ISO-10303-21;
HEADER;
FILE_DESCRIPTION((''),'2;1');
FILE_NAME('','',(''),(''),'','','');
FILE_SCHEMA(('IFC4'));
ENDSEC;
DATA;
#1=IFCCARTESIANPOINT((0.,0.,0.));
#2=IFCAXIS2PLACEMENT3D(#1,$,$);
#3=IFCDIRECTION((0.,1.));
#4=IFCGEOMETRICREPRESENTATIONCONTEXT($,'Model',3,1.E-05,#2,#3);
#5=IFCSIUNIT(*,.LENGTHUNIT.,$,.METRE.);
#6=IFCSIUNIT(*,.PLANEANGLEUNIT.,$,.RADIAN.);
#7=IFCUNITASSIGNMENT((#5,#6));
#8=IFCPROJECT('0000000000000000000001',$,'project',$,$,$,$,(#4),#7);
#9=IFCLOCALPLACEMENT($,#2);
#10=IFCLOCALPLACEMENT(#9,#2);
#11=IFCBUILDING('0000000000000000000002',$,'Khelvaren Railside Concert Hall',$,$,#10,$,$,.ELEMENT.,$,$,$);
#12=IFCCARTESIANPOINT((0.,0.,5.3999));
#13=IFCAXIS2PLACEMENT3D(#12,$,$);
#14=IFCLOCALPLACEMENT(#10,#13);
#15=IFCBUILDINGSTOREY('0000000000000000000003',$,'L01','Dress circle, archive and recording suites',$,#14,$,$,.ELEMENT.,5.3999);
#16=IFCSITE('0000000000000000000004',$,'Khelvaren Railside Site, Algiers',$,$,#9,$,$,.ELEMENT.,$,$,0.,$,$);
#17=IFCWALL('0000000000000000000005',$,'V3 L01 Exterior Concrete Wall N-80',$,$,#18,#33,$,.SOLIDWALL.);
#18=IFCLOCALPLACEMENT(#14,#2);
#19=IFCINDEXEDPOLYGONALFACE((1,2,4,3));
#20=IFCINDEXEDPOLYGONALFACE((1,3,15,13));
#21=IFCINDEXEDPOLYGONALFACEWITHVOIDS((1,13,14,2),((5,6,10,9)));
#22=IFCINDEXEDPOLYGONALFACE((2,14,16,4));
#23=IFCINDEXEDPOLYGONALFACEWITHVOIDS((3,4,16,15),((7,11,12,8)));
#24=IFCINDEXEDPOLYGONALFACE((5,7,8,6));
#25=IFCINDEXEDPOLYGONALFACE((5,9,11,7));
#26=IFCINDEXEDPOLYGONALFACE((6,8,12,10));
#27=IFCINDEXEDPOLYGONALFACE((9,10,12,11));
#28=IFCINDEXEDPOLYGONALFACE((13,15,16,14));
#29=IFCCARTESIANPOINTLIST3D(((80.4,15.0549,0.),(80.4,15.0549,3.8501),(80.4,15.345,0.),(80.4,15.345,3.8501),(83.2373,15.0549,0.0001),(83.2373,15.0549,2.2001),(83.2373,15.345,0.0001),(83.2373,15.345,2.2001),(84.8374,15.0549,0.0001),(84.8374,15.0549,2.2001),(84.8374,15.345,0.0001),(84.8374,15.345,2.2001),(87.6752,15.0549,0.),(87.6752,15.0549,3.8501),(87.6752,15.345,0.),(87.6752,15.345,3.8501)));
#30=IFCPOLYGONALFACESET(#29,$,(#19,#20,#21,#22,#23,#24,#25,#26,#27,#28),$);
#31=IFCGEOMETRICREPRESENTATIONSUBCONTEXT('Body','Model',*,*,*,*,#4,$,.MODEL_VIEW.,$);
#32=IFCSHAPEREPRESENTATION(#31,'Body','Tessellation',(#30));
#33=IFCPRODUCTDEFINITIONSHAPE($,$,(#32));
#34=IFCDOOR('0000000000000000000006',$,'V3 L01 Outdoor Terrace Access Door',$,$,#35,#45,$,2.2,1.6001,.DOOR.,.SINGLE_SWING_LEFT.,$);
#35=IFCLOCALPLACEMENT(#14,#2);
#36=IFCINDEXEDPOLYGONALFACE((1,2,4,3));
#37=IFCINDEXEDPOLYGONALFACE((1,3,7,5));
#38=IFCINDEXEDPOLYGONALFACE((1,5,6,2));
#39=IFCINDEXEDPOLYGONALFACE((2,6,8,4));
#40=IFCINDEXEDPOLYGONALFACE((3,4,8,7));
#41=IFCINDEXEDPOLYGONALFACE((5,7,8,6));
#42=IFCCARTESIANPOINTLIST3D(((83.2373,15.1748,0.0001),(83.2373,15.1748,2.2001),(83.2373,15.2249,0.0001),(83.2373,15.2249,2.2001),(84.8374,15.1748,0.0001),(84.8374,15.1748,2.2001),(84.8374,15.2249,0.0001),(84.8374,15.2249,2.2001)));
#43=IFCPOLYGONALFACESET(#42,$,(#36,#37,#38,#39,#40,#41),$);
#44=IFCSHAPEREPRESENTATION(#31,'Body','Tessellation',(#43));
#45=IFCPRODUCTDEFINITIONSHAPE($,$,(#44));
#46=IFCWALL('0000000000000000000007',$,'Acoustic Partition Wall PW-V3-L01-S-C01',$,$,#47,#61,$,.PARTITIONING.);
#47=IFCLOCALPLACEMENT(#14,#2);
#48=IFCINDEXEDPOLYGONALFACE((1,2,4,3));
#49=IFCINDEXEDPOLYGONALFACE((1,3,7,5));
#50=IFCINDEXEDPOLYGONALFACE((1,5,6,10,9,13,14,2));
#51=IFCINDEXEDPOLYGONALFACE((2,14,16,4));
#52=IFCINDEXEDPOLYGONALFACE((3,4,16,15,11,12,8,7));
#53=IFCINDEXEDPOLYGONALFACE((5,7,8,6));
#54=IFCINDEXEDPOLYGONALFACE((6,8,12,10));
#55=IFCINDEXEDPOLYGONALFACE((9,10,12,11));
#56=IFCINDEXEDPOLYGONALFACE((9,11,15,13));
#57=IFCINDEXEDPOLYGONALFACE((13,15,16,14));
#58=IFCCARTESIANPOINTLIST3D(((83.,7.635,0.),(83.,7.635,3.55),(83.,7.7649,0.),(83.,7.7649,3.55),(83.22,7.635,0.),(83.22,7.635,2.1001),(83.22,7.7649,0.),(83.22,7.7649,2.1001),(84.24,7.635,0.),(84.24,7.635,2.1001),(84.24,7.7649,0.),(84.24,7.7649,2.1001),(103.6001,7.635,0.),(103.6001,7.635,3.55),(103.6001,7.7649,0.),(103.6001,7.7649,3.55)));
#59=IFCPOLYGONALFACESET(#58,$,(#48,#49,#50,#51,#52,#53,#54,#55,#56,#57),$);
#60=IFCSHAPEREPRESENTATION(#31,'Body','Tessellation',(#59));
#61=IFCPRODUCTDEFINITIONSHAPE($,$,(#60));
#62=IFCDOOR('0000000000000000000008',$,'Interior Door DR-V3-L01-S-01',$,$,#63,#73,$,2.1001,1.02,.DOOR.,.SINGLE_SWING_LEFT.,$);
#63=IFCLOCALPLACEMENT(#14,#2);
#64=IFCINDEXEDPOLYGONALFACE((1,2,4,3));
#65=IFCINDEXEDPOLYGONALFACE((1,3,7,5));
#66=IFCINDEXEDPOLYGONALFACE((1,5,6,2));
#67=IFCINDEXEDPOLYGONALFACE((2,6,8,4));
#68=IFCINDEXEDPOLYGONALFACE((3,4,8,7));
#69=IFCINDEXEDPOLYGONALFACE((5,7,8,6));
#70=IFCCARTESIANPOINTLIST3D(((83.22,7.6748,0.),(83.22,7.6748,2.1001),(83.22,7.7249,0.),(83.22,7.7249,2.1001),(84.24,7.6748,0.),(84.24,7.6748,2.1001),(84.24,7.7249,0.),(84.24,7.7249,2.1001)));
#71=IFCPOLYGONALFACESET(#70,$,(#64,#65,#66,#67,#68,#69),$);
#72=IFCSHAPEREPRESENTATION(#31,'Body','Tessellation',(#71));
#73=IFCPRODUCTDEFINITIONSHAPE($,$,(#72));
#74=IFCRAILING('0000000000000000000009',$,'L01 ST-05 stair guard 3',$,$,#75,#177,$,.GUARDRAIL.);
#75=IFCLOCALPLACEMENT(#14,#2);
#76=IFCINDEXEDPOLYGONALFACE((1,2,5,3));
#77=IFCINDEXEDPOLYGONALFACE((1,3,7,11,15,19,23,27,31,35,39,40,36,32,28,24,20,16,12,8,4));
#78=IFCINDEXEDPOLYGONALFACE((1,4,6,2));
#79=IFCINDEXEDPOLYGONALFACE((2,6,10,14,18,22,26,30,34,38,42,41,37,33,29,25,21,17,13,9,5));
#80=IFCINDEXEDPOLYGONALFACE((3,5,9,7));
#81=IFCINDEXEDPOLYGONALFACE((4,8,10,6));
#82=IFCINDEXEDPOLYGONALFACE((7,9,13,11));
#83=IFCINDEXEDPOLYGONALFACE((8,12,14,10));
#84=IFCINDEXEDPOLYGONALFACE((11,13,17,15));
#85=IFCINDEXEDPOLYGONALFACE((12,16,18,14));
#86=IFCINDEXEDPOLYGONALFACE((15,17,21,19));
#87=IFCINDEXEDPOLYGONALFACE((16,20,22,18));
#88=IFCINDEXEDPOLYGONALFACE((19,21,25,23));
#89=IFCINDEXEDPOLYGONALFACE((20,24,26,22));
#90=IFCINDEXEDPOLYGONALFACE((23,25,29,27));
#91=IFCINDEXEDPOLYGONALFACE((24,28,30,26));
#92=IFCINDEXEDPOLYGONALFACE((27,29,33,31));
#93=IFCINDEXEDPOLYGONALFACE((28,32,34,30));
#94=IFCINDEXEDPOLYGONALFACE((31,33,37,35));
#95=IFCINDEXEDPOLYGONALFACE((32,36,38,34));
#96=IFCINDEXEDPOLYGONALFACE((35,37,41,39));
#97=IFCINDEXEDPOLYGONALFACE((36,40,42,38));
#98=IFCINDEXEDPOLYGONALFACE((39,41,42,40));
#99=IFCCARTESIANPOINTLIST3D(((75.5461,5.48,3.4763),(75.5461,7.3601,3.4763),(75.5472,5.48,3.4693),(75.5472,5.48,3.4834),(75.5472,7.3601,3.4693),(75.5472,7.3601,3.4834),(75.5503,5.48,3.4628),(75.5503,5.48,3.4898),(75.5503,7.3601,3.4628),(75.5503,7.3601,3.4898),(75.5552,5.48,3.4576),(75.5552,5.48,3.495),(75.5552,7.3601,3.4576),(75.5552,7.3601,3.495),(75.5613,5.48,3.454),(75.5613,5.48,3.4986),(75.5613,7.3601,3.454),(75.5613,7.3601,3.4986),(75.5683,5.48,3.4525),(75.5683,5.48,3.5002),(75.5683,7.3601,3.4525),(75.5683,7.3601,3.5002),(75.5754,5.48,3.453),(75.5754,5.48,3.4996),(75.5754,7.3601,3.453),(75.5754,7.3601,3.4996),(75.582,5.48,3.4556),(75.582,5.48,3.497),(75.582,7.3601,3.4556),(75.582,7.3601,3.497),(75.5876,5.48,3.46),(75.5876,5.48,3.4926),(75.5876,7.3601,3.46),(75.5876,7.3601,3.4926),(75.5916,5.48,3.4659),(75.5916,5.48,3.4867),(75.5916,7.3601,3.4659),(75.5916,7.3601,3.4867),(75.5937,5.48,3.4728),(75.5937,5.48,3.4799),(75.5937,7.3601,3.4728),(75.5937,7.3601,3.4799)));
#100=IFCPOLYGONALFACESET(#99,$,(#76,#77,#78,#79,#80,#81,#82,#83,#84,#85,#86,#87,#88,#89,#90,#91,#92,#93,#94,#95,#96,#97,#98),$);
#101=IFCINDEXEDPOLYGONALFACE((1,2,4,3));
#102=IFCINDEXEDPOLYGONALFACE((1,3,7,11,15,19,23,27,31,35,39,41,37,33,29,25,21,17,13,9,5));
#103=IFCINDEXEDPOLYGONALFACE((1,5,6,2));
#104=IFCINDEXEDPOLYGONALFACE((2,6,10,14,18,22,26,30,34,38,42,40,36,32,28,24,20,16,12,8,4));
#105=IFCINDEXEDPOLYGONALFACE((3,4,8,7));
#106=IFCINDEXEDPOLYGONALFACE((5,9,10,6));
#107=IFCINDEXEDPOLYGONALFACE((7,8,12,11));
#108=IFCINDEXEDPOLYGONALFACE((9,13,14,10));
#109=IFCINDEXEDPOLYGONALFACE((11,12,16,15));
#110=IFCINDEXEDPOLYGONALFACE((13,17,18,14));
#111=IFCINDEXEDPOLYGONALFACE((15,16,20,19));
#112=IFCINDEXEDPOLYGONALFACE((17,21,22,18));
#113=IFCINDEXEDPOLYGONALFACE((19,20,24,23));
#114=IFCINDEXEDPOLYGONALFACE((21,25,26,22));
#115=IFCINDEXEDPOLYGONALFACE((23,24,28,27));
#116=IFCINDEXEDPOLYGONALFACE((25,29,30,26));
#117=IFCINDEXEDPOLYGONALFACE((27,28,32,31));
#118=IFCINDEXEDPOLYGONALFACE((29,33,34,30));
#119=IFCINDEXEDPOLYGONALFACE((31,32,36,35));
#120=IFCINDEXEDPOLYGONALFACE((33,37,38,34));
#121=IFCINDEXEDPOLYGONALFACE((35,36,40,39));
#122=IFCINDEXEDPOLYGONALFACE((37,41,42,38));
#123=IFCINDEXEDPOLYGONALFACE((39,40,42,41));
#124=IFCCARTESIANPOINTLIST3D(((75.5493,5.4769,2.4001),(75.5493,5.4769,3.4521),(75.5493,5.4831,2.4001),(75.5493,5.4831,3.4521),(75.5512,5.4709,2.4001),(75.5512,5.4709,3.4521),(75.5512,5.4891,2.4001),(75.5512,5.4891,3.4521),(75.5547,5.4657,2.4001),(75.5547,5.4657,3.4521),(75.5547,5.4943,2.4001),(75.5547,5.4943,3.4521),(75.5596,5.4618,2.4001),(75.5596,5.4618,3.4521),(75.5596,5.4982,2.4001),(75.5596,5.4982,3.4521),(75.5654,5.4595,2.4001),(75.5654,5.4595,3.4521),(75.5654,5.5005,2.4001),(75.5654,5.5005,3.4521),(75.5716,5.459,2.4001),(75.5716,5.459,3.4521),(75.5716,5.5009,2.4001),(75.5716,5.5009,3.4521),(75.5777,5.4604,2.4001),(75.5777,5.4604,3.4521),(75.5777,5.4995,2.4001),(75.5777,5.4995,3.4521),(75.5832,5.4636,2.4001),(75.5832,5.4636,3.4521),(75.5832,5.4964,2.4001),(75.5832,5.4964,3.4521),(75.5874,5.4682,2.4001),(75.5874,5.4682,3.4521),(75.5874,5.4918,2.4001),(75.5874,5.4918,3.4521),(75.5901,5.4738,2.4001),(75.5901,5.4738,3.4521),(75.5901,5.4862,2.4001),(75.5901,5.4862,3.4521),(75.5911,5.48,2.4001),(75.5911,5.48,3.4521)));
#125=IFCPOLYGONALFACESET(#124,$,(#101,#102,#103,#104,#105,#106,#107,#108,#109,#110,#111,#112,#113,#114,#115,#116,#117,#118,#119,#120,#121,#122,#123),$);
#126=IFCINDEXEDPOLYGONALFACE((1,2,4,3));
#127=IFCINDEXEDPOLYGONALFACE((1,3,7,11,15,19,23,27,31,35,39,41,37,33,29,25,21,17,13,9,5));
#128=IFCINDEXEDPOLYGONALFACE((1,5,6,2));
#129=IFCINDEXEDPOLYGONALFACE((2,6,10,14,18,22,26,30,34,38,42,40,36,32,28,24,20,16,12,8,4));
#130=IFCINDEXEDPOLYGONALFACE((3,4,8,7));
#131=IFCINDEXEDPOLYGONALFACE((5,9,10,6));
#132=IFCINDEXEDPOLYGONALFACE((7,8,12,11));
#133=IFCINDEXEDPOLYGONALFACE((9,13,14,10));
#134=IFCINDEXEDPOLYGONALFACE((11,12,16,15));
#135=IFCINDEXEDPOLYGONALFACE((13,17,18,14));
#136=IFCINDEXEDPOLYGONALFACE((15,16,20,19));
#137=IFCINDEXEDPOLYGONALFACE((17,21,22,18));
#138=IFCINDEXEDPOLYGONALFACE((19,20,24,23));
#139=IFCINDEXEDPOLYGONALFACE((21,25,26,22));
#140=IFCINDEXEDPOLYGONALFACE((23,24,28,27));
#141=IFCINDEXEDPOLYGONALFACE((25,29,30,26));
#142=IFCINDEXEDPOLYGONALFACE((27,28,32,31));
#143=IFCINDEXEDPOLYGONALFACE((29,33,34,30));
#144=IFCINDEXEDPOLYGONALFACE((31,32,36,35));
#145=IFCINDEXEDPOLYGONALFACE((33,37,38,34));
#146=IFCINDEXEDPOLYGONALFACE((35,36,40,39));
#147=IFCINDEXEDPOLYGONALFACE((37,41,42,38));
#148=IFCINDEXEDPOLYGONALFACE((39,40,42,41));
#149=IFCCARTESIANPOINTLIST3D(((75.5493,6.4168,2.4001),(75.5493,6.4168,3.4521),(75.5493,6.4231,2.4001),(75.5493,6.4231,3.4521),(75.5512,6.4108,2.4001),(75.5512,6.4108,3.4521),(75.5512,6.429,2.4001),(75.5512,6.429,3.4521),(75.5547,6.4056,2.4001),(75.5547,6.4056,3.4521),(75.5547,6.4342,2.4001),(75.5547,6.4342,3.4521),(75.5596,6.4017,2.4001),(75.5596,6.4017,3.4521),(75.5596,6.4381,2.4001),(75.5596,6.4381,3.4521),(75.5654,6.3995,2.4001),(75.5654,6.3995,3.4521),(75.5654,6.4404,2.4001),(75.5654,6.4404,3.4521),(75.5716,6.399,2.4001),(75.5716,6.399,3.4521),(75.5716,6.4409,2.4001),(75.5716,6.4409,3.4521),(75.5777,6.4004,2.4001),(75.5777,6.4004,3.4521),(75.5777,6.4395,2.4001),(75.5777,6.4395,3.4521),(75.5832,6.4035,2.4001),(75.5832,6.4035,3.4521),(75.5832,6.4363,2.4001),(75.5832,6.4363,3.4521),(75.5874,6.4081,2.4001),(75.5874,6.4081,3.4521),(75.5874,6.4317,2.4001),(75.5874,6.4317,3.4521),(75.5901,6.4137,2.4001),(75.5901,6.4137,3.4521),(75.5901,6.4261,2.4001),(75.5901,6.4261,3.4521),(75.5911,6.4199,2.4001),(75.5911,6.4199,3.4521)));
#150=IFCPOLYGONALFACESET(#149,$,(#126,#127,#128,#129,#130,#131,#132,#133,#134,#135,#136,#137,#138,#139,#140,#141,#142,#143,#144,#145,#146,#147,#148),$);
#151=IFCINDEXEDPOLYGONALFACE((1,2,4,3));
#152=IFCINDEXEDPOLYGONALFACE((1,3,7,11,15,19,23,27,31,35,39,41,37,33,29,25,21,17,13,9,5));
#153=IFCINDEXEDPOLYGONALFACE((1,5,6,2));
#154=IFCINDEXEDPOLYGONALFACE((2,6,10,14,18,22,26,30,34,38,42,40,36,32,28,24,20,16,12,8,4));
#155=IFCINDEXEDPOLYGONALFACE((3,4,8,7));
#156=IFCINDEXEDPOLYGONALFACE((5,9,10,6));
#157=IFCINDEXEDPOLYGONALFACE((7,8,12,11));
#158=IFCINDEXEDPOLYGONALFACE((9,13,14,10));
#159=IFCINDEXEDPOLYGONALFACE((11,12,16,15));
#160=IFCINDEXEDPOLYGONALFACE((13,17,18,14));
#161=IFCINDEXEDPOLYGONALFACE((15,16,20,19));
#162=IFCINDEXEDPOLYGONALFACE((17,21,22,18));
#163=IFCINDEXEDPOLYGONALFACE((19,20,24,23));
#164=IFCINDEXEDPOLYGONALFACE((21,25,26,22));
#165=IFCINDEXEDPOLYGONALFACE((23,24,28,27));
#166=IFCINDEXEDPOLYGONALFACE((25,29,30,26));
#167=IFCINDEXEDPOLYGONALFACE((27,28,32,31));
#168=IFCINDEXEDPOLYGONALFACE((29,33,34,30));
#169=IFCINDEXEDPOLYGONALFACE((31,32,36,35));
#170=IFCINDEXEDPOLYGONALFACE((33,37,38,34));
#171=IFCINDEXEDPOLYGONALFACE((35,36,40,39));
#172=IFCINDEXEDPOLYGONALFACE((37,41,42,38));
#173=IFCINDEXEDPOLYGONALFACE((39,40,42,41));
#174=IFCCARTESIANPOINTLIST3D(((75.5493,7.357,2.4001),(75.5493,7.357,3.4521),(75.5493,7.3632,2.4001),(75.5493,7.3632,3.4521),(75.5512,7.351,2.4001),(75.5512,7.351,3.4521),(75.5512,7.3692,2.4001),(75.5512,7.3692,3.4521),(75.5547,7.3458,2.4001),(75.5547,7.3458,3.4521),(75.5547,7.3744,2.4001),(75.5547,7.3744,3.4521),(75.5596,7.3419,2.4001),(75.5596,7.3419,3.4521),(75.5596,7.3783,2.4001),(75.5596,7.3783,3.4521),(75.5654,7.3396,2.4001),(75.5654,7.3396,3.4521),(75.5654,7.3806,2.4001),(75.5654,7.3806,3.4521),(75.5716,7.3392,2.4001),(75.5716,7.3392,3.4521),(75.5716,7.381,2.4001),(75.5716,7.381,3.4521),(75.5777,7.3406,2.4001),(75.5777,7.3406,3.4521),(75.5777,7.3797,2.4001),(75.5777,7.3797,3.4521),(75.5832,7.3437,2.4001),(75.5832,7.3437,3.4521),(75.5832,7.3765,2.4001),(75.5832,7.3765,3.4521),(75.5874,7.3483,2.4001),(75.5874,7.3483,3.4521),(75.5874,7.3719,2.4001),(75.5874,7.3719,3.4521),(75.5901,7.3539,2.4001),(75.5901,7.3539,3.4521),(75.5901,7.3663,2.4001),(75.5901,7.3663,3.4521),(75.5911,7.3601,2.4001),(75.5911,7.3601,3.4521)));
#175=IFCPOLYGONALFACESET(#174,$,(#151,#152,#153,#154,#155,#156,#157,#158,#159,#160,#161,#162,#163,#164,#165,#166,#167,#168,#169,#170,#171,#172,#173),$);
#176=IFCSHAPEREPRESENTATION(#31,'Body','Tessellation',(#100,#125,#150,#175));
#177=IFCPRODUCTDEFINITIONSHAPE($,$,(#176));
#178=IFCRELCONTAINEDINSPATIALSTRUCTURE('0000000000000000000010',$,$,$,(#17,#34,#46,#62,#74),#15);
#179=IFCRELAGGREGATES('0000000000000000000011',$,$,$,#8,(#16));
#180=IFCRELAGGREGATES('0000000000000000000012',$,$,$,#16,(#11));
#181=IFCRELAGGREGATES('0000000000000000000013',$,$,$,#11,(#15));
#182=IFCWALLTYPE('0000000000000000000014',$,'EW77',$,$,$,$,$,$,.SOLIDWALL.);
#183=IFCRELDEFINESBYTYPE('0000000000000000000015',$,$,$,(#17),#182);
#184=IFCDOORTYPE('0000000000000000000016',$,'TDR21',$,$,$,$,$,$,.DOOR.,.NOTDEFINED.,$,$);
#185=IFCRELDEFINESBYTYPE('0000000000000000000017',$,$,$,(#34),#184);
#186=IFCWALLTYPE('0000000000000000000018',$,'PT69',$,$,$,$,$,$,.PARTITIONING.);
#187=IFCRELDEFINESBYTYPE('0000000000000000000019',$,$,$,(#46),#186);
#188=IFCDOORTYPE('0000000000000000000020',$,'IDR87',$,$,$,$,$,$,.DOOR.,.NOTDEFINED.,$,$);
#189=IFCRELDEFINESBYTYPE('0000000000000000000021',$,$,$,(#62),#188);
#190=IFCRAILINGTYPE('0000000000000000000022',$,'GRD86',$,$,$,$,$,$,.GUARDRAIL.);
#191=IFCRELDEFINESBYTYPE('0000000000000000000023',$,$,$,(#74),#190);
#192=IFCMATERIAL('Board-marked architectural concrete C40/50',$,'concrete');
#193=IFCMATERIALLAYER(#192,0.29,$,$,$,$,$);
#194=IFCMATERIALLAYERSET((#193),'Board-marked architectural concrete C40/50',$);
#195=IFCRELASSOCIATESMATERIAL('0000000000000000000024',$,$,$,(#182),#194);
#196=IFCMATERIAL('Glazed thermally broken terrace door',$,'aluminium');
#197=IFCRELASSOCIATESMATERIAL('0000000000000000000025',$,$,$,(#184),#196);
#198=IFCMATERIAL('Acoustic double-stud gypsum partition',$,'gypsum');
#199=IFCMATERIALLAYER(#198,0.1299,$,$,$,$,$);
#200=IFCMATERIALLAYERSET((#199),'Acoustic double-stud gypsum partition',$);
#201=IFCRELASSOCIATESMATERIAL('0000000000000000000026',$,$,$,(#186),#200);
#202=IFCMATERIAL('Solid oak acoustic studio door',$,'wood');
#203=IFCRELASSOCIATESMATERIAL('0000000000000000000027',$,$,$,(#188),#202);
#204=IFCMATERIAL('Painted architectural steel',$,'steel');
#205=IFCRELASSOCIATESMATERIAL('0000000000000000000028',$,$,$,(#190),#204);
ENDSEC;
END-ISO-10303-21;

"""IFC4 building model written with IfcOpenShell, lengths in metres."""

from ifc_helpers import new_model, si_unit, direction, frame, frame_2d, origin, origin_2d, place, context, subcontext, project, spatial, rectangle, circle, extrude, material, layer, layer_set, type_object, element, fill, save


model = new_model("IFC4")

# Units and contexts
model_context = context("Model", 3, precision=1e-05, world=origin(), true_north=direction((0.0, 1.0)))
body_context = subcontext(model_context, "Body", "Model", "MODEL_VIEW")
ifc_project = project(units=[si_unit("LENGTHUNIT", "METRE"), si_unit("PLANEANGLEUNIT", "RADIAN")], contexts=[model_context])

# Site, building, storey
site_placement = place(None, origin())
site = spatial("IfcSite", under=ifc_project, at=site_placement, Name="Khelvaren Railside Site, Algiers", CompositionType="ELEMENT", RefElevation=0.0)
building_placement = place(site_placement, origin())
building = spatial("IfcBuilding", under=site, at=building_placement, Name="Khelvaren Railside Concert Hall", CompositionType="ELEMENT")
storey_placement = place(building_placement, frame((0.0, 0.0, 5.3999)))
storey = spatial("IfcBuildingStorey", under=building, at=storey_placement, Name="L01", Description="Dress circle, archive and recording suites", CompositionType="ELEMENT", Elevation=5.3999)

# Walls, openings, doors
ifc_material_1 = material(Name="Board-marked architectural concrete C40/50", Category="concrete")
ifc_layer_1 = layer(ifc_material_1, 0.29)
ifc_layer_set_1 = layer_set([ifc_layer_1], Name="Board-marked architectural concrete C40/50")
wall_type_1 = type_object("IfcWallType", Name="EW77", PredefinedType="SOLIDWALL", material=ifc_layer_set_1)
wall_1_placement = place(storey_placement, frame((80.3999, 15.2, 0.0), z_axis=(0.0, 0.0, 1.0), x_axis=(1.0, 0.0, 0.0)))
wall_1 = element("IfcWall", 1, at=wall_1_placement, inside=storey, type_object=wall_type_1, Name="V3 L01 Exterior Concrete Wall N-80", PredefinedType="SOLIDWALL", context=body_context, shape_type="SweptSolid", body=[
    extrude(rectangle(XDim=7.2751, YDim=0.29, at=frame_2d((3.6377, 0.0))), origin(), (0.0, 0.0, 1.0), 3.8501),
])
opening_1_placement = place(wall_1_placement, frame((2.8374, 0.0, 0.0)))
opening_1 = element("IfcOpeningElement", 2, at=opening_1_placement, cuts=wall_1, PredefinedType="OPENING", context=body_context, shape_type="SweptSolid", body=[
    extrude(rectangle(XDim=1.6001, YDim=2.2, at=frame_2d((0.8, 1.1001))), frame((0.0, 0.155, 0.0), z_axis=(0.0, -1.0, 0.0), x_axis=(1.0, 0.0, 0.0)), (0.0, 0.0, 1.0), 0.3101),
])
ifc_material_2 = material(Name="Glazed thermally broken terrace door", Category="aluminium")
door_type_1 = type_object("IfcDoorType", Name="TDR21", OperationType="NOTDEFINED", PredefinedType="DOOR", material=ifc_material_2)
door_1_placement = place(opening_1_placement, origin())
door_1 = element("IfcDoor", 3, at=door_1_placement, inside=storey, type_object=door_type_1, Name="V3 L01 Outdoor Terrace Access Door", OperationType="SINGLE_SWING_LEFT", OverallHeight=2.2, OverallWidth=1.6001, PredefinedType="DOOR", context=body_context, shape_type="SweptSolid", body=[
    extrude(rectangle(XDim=1.6001, YDim=2.2, at=frame_2d((0.8, 1.1001))), frame((0.0, 0.0249, 0.0), z_axis=(0.0, -1.0, 0.0), x_axis=(1.0, 0.0, 0.0)), (0.0, 0.0, 1.0), 0.05),
])
fill(opening_1, door_1)
ifc_material_3 = material(Name="Acoustic double-stud gypsum partition", Category="gypsum")
ifc_layer_2 = layer(ifc_material_3, 0.1299)
ifc_layer_set_2 = layer_set([ifc_layer_2], Name="Acoustic double-stud gypsum partition")
wall_type_2 = type_object("IfcWallType", Name="PT69", PredefinedType="PARTITIONING", material=ifc_layer_set_2)
wall_2_placement = place(storey_placement, frame((83.0, 7.7, 0.0), z_axis=(0.0, 0.0, 1.0), x_axis=(1.0, 0.0, 0.0)))
wall_2 = element("IfcWall", 4, at=wall_2_placement, inside=storey, type_object=wall_type_2, Name="Acoustic Partition Wall PW-V3-L01-S-C01", PredefinedType="PARTITIONING", context=body_context, shape_type="SweptSolid", body=[
    extrude(rectangle(XDim=20.6001, YDim=0.1299, at=frame_2d((10.3, 0.0))), origin(), (0.0, 0.0, 1.0), 3.55),
])
opening_2_placement = place(wall_2_placement, frame((0.22, 0.0, 0.0)))
opening_2 = element("IfcOpeningElement", 5, at=opening_2_placement, cuts=wall_2, PredefinedType="OPENING", context=body_context, shape_type="SweptSolid", body=[
    extrude(rectangle(XDim=1.02, YDim=2.1001, at=frame_2d((0.51, 1.05))), frame((0.0, 0.075, 0.0), z_axis=(0.0, -1.0, 0.0), x_axis=(1.0, 0.0, 0.0)), (0.0, 0.0, 1.0), 0.1499),
])
ifc_material_4 = material(Name="Solid oak acoustic studio door", Category="wood")
door_type_2 = type_object("IfcDoorType", Name="IDR87", OperationType="NOTDEFINED", PredefinedType="DOOR", material=ifc_material_4)
door_2_placement = place(opening_2_placement, origin())
door_2 = element("IfcDoor", 6, at=door_2_placement, inside=storey, type_object=door_type_2, Name="Interior Door DR-V3-L01-S-01", OperationType="SINGLE_SWING_LEFT", OverallHeight=2.1001, OverallWidth=1.02, PredefinedType="DOOR", context=body_context, shape_type="SweptSolid", body=[
    extrude(rectangle(XDim=1.02, YDim=2.1001, at=frame_2d((0.51, 1.05))), frame((0.0, 0.0249, 0.0), z_axis=(0.0, -1.0, 0.0), x_axis=(1.0, 0.0, 0.0)), (0.0, 0.0, 1.0), 0.05),
])
fill(opening_2, door_2)

# Railing
ifc_material_5 = material(Name="Painted architectural steel", Category="steel")
railing_type = type_object("IfcRailingType", Name="GRD86", PredefinedType="GUARDRAIL", material=ifc_material_5)
railing_1_placement = place(storey_placement, frame((75.5701, 5.48, 2.4001)))
element("IfcRailing", 7, at=railing_1_placement, inside=storey, type_object=railing_type, Name="L01 ST-05 stair guard 3", PredefinedType="GUARDRAIL", context=body_context, shape_type="SweptSolid", body=[
    extrude(circle(Radius=0.0239, at=origin_2d()), frame((0.0, 0.0, 1.0762), z_axis=(0.0, 1.0, 0.0), x_axis=(-1.0, 0.0, 0.0)), (0.0, 0.0, 1.0), 1.8801),
    extrude(circle(Radius=0.021, at=origin_2d()), origin(), (0.0, 0.0, 1.0), 1.052),
    extrude(circle(Radius=0.021, at=origin_2d()), frame((0.0, 0.9399, 0.0)), (0.0, 0.0, 1.0), 1.052),
    extrude(circle(Radius=0.021, at=origin_2d()), frame((0.0, 1.8801, 0.0)), (0.0, 0.0, 1.0), 1.052),
])

save(model, "model.ifc")
